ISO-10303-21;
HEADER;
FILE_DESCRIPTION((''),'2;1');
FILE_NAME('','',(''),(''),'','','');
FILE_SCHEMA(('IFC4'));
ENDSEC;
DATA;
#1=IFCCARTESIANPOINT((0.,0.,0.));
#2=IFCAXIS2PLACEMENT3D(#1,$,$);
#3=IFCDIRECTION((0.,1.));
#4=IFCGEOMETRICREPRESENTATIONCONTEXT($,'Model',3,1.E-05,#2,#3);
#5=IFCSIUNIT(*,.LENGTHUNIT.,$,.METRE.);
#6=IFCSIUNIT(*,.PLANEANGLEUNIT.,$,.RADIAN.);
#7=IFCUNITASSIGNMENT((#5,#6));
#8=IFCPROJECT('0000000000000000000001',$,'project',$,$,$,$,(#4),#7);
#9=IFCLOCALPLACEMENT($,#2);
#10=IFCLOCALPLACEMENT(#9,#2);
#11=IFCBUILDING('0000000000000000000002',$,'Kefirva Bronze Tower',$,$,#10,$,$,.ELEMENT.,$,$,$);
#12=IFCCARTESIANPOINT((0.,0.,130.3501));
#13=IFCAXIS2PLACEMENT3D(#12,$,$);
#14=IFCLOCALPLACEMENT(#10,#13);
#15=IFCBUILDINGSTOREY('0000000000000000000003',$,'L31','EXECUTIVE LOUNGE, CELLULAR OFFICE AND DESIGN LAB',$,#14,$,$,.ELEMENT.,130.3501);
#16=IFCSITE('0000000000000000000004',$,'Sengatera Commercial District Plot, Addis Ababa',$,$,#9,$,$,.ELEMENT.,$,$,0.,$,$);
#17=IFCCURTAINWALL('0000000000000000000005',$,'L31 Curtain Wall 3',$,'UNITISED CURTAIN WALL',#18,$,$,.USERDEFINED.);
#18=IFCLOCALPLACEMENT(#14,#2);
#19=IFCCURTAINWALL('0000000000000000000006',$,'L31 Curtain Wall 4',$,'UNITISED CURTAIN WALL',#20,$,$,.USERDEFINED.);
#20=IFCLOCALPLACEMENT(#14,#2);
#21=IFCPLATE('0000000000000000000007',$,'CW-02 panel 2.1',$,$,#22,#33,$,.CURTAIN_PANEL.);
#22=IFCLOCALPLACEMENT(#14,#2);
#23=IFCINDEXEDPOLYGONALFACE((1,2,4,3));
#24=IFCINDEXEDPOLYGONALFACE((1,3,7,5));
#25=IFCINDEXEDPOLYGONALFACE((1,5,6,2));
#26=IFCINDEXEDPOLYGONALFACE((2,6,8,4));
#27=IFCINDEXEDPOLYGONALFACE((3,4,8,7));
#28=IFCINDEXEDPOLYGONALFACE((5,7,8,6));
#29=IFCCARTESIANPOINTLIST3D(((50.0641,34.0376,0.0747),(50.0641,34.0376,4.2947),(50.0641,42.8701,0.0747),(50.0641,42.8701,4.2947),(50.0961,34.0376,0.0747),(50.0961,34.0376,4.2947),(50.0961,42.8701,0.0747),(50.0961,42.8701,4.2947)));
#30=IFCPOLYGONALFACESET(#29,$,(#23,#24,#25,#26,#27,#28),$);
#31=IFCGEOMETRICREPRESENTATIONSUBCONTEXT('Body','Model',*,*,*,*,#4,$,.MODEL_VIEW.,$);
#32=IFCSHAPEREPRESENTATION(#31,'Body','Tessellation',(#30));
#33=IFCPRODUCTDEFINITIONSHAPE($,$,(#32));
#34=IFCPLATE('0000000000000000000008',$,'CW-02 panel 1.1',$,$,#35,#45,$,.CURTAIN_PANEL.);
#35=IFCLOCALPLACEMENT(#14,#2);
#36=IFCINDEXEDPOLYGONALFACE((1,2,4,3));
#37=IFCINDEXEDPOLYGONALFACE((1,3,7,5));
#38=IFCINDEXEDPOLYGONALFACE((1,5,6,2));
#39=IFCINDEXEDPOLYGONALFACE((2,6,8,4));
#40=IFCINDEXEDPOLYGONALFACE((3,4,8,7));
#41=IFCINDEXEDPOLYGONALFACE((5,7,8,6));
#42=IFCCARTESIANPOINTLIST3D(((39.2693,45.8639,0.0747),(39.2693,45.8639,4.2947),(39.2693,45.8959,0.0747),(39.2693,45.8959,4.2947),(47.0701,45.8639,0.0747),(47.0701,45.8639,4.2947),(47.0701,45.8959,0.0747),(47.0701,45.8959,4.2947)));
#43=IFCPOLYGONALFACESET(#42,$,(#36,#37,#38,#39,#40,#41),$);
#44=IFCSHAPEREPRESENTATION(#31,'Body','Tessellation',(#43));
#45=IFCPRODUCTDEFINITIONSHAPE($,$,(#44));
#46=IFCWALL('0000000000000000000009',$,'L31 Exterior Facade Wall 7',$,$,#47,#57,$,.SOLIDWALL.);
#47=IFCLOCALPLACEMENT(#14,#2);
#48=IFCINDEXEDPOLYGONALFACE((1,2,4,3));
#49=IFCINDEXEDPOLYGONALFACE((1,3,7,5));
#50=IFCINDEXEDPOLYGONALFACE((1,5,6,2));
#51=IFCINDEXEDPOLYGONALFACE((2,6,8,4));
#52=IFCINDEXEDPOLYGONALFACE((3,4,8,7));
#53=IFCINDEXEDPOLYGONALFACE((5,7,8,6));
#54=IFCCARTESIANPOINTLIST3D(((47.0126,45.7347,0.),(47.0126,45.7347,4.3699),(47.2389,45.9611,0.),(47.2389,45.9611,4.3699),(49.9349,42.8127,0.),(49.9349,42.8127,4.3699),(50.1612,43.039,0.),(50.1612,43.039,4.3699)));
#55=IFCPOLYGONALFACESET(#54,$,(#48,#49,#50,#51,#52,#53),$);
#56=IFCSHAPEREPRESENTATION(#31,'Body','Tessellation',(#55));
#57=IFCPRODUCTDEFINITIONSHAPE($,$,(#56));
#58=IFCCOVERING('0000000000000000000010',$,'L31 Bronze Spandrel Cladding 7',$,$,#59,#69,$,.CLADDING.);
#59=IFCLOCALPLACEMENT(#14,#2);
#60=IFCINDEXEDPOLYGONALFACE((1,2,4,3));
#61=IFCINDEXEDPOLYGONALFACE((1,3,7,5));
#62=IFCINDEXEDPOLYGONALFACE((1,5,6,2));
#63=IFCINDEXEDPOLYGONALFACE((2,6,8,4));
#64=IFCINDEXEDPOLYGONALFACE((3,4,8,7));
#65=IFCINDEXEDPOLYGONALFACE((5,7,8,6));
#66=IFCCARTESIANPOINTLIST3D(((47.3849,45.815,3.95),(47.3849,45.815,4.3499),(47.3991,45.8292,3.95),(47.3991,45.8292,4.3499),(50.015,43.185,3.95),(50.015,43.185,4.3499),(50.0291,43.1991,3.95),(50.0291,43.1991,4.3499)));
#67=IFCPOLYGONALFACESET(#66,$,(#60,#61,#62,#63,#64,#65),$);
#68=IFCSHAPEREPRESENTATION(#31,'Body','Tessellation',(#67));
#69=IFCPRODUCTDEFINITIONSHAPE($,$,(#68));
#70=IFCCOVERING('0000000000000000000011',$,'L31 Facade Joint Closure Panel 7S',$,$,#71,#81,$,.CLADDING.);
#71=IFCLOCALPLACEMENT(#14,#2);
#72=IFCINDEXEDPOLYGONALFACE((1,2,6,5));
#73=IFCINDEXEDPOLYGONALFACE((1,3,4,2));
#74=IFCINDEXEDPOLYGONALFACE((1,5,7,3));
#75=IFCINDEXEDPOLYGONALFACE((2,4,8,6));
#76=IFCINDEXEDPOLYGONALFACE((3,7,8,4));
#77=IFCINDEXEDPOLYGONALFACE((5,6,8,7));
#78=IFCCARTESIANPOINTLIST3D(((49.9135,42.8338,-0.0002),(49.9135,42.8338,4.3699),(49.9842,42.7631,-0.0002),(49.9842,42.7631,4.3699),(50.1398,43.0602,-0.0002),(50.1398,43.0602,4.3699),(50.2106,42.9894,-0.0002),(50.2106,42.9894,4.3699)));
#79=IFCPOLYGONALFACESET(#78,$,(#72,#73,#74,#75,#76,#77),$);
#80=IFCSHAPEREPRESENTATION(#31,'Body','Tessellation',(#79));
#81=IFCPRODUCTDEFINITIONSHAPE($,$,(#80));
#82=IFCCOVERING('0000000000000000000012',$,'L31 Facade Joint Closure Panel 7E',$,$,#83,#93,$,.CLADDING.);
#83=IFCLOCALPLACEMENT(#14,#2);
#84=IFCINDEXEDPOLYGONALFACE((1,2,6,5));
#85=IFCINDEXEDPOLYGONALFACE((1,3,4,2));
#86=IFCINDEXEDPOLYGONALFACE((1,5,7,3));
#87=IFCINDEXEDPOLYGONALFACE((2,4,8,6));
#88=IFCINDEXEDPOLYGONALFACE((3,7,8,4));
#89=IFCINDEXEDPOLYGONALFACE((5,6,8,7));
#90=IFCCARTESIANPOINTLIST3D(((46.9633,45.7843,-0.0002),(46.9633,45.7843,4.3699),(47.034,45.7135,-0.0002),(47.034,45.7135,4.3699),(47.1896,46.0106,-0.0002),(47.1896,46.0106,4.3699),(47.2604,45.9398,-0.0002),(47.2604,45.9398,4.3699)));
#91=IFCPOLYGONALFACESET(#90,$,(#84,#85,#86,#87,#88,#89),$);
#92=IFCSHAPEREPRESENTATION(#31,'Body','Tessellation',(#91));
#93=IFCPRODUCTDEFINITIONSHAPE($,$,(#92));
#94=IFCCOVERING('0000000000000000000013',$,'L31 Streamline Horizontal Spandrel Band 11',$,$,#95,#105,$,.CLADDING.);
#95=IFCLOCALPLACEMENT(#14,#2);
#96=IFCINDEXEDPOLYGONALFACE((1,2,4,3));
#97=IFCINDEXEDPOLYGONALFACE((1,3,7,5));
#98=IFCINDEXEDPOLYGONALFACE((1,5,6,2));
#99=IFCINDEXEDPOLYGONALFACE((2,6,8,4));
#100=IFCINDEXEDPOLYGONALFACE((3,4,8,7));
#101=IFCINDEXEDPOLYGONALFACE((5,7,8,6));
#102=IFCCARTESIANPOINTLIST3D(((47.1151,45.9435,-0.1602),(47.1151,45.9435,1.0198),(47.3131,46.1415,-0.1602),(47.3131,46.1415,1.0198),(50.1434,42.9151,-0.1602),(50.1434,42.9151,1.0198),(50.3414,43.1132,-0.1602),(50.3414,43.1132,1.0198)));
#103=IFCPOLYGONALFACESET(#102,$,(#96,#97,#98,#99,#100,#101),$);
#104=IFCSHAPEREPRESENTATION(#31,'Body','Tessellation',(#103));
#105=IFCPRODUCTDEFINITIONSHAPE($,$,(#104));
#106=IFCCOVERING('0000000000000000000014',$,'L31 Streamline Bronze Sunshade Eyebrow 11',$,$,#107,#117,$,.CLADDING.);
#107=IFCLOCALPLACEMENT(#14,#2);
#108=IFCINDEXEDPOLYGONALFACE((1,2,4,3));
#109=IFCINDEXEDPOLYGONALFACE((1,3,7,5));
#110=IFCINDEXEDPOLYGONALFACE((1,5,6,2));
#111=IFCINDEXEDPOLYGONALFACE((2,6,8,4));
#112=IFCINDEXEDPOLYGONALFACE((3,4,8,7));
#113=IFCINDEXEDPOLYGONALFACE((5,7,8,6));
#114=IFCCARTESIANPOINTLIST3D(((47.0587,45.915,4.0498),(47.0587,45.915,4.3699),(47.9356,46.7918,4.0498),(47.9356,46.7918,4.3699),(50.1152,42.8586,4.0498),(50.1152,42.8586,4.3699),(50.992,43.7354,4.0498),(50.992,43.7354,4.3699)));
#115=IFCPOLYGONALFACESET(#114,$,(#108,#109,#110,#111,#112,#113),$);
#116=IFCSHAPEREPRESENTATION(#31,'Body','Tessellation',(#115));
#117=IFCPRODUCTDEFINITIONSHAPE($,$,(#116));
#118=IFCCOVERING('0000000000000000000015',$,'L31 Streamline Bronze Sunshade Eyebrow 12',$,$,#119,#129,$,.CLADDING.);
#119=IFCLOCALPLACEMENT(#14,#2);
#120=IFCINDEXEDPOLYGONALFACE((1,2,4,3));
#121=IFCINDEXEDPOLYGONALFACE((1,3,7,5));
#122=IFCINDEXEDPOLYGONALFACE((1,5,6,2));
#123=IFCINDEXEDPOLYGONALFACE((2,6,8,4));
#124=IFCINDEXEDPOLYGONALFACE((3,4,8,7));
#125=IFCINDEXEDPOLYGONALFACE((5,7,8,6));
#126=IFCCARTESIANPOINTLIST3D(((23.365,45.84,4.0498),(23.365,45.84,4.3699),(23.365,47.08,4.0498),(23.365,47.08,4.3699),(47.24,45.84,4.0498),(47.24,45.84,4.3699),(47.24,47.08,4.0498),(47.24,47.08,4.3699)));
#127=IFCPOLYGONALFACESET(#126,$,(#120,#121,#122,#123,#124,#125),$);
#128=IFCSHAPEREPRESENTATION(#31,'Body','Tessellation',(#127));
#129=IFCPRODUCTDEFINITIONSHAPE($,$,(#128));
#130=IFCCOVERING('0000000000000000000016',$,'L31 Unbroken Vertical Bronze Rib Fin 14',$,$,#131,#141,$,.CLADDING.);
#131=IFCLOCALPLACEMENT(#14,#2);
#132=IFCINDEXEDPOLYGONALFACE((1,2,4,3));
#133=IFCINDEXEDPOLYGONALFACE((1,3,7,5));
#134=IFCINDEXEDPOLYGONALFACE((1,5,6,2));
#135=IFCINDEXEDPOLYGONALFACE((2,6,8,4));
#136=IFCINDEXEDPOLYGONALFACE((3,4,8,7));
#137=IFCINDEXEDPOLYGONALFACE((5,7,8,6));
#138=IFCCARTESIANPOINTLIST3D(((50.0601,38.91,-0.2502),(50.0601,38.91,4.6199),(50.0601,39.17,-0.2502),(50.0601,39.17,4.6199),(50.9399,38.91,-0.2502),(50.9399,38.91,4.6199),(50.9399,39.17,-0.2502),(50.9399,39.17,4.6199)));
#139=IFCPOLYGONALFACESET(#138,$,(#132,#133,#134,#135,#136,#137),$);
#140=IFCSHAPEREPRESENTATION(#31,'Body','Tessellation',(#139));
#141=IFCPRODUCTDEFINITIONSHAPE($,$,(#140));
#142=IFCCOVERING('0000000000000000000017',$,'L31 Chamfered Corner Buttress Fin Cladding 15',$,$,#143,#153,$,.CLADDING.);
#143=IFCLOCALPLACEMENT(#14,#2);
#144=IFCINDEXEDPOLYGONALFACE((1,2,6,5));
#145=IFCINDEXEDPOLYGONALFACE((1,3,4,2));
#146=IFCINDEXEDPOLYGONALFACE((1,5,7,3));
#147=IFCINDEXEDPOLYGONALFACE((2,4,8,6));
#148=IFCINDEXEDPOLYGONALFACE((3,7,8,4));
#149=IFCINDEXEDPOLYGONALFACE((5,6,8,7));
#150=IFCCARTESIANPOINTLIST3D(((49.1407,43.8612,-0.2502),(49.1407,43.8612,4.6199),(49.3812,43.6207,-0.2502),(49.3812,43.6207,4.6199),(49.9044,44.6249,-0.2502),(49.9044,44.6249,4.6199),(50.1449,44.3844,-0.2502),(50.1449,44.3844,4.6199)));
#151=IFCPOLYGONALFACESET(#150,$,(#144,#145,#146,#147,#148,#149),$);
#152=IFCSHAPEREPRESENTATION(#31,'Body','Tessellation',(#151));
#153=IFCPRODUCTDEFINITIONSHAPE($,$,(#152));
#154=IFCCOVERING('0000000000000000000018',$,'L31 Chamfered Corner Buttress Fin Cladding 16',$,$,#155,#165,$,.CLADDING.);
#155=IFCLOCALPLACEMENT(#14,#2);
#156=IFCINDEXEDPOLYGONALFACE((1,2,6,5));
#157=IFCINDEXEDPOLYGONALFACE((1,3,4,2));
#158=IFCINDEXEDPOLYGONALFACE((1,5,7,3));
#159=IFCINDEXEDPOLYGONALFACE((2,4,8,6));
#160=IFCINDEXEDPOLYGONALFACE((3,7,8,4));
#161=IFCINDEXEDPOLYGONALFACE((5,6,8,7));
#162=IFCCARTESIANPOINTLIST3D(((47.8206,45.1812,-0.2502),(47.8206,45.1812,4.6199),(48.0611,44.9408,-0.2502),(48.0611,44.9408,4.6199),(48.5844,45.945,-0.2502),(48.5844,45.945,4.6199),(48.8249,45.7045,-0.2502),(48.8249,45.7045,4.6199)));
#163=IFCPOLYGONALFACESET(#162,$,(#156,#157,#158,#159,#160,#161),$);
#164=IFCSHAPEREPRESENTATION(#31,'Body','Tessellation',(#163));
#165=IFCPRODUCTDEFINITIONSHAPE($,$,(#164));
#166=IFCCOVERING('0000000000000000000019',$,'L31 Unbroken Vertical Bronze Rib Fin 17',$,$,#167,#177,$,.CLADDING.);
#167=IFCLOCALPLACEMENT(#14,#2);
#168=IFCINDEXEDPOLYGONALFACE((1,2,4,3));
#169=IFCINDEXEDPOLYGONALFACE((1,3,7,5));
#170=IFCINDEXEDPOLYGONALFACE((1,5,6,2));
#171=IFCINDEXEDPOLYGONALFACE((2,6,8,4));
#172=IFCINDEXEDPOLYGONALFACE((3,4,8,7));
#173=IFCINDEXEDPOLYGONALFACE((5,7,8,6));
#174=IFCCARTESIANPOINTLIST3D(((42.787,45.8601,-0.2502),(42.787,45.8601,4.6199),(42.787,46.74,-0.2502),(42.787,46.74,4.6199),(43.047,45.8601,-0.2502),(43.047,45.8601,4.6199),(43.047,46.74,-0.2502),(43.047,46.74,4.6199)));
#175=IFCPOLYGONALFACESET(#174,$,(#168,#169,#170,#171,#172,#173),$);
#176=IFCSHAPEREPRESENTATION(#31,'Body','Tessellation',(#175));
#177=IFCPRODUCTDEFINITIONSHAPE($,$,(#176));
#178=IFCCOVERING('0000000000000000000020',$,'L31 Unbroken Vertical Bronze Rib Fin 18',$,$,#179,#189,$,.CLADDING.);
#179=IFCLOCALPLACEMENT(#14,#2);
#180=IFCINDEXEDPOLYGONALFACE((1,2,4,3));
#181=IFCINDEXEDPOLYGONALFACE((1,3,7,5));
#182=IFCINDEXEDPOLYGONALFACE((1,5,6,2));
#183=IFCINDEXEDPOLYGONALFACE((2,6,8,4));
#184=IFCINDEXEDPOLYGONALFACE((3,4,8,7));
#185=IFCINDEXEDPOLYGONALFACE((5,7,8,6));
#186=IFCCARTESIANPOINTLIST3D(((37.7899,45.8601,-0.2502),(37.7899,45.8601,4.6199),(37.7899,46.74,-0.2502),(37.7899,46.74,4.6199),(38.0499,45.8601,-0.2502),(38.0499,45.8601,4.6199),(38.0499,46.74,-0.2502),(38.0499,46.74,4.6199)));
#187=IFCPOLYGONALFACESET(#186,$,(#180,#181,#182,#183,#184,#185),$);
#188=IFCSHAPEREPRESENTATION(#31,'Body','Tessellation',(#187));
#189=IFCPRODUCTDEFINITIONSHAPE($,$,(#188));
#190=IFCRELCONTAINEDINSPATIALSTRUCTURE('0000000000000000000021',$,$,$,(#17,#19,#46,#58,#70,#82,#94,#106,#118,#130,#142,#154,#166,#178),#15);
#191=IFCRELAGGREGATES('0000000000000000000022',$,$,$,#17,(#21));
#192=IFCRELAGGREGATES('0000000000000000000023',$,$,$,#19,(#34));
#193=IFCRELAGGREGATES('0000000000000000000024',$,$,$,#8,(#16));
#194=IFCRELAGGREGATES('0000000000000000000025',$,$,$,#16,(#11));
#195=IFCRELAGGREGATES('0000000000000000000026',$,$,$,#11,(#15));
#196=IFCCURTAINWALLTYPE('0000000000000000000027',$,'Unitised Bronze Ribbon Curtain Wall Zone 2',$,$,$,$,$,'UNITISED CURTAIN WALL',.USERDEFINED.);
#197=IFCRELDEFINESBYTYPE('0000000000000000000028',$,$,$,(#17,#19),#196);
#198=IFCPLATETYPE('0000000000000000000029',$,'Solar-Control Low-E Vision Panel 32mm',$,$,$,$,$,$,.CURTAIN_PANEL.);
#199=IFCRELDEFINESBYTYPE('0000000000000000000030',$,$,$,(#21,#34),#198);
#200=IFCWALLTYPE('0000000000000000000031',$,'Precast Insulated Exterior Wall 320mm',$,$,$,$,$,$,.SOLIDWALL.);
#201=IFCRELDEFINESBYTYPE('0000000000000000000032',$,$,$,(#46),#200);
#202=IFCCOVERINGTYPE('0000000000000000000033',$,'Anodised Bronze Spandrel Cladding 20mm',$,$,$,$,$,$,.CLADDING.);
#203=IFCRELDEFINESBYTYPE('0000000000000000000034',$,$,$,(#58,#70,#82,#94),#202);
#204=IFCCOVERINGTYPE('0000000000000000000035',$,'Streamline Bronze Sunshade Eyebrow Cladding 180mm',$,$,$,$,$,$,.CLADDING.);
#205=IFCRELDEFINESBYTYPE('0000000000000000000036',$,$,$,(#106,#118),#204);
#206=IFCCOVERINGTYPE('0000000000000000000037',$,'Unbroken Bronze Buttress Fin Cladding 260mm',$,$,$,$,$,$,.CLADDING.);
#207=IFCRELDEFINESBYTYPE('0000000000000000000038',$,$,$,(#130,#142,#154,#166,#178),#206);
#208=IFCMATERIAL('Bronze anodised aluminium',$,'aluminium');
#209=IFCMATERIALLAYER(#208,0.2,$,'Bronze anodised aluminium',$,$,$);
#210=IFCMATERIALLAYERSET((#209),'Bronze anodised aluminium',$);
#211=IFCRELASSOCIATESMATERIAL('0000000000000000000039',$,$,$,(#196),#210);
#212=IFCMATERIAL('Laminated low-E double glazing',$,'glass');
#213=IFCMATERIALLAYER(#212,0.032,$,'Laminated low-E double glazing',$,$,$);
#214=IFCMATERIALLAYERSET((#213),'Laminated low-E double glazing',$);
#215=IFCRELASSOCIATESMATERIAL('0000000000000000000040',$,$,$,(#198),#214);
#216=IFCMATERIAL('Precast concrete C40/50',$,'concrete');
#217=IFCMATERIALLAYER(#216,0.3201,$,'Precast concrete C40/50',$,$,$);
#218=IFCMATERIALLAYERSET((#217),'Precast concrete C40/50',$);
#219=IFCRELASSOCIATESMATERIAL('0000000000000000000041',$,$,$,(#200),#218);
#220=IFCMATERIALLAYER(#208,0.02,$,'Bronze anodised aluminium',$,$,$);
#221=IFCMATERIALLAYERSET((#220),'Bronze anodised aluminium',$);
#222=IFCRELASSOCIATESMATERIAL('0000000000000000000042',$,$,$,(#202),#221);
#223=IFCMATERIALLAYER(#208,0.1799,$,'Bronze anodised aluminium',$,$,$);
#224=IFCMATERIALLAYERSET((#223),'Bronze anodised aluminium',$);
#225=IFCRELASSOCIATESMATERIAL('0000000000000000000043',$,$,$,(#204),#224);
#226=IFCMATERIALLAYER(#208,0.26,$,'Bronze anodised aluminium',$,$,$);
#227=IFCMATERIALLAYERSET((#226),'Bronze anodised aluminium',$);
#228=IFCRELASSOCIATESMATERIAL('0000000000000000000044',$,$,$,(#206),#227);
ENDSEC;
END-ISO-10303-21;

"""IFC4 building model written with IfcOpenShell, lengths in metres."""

from ifc_helpers import new_model, si_unit, direction, frame, frame_2d, origin, origin_2d, place, context, subcontext, project, spatial, rectangle, extrude, material, layer, layer_set, type_object, element, aggregate, save


model = new_model("IFC4")

# Units and contexts
model_context = context("Model", 3, precision=1e-05, world=origin(), true_north=direction((0.0, 1.0)))
body_context = subcontext(model_context, "Body", "Model", "MODEL_VIEW")
ifc_project = project(units=[si_unit("LENGTHUNIT", "METRE"), si_unit("PLANEANGLEUNIT", "RADIAN")], contexts=[model_context])

# Site, building, storey
site_placement = place(None, origin())
site = spatial("IfcSite", under=ifc_project, at=site_placement, Name="Sengatera Commercial District Plot, Addis Ababa", CompositionType="ELEMENT", RefElevation=0.0)
building_placement = place(site_placement, origin())
building = spatial("IfcBuilding", under=site, at=building_placement, Name="Kefirva Bronze Tower", CompositionType="ELEMENT")
storey_placement = place(building_placement, frame((0.0, 0.0, 130.3501)))
storey = spatial("IfcBuildingStorey", under=building, at=storey_placement, Name="L31", Description="EXECUTIVE LOUNGE, CELLULAR OFFICE AND DESIGN LAB", CompositionType="ELEMENT", Elevation=130.3501)

# Curtain wall
ifc_material_1 = material(Name="Bronze anodised aluminium", Category="aluminium")
ifc_layer_1 = layer(ifc_material_1, 0.2, Name="Bronze anodised aluminium")
ifc_layer_set_1 = layer_set([ifc_layer_1], Name="Bronze anodised aluminium")
curtain_wall_type = type_object("IfcCurtainWallType", Name="Unitised Bronze Ribbon Curtain Wall Zone 2", ElementType="UNITISED CURTAIN WALL", PredefinedType="USERDEFINED", material=ifc_layer_set_1)
curtain_wall_1_placement = place(storey_placement, origin())
curtain_wall_1 = element("IfcCurtainWall", 1, at=curtain_wall_1_placement, inside=storey, type_object=curtain_wall_type, Name="L31 Curtain Wall 3", ObjectType="UNITISED CURTAIN WALL", PredefinedType="USERDEFINED")

# Curtain wall
curtain_wall_2_placement = place(storey_placement, origin())
curtain_wall_2 = element("IfcCurtainWall", 2, at=curtain_wall_2_placement, inside=storey, type_object=curtain_wall_type, Name="L31 Curtain Wall 4", ObjectType="UNITISED CURTAIN WALL", PredefinedType="USERDEFINED")

# Plates
ifc_material_2 = material(Name="Laminated low-E double glazing", Category="glass")
ifc_layer_2 = layer(ifc_material_2, 0.032, Name="Laminated low-E double glazing")
ifc_layer_set_2 = layer_set([ifc_layer_2], Name="Laminated low-E double glazing")
plate_type = type_object("IfcPlateType", Name="Solar-Control Low-E Vision Panel 32mm", PredefinedType="CURTAIN_PANEL", material=ifc_layer_set_2)
plate_1_placement = place(storey_placement, frame((50.0801, 38.4539, 0.0747), z_axis=(0.0, 0.0, 1.0), x_axis=(0.0, 1.0, 0.0)))
plate_1 = element("IfcPlate", 3, at=plate_1_placement, type_object=plate_type, Name="CW-02 panel 2.1", PredefinedType="CURTAIN_PANEL", context=body_context, shape_type="SweptSolid", body=[
    extrude(rectangle(XDim=8.8325, YDim=0.032, at=origin_2d()), origin(), (0.0, 0.0, 1.0), 4.22),
])
aggregate(curtain_wall_1, [plate_1])
plate_2_placement = place(storey_placement, frame((43.1697, 45.8799, 0.0747), z_axis=(0.0, 0.0, 1.0), x_axis=(-1.0, 0.0, 0.0)))
plate_2 = element("IfcPlate", 4, at=plate_2_placement, type_object=plate_type, Name="CW-02 panel 1.1", PredefinedType="CURTAIN_PANEL", context=body_context, shape_type="SweptSolid", body=[
    extrude(rectangle(XDim=7.8008, YDim=0.032, at=origin_2d()), origin(), (0.0, 0.0, 1.0), 4.22),
])
aggregate(curtain_wall_2, [plate_2])

# Wall
ifc_material_3 = material(Name="Precast concrete C40/50", Category="concrete")
ifc_layer_3 = layer(ifc_material_3, 0.3201, Name="Precast concrete C40/50")
ifc_layer_set_3 = layer_set([ifc_layer_3], Name="Precast concrete C40/50")
wall_type = type_object("IfcWallType", Name="Precast Insulated Exterior Wall 320mm", PredefinedType="SOLIDWALL", material=ifc_layer_set_3)
wall_placement = place(storey_placement, frame((50.0481, 42.9258, 0.0), z_axis=(0.0, 0.0, 1.0), x_axis=(-0.707136, 0.707077, 0.0)))
element("IfcWall", 5, at=wall_placement, inside=storey, type_object=wall_type, Name="L31 Exterior Facade Wall 7", PredefinedType="SOLIDWALL", context=body_context, shape_type="SweptSolid", body=[
    extrude(rectangle(XDim=4.1326, YDim=0.3201, at=frame_2d((2.0664, 0.0))), origin(), (0.0, 0.0, 1.0), 4.3699),
])

# Coverings
ifc_layer_4 = layer(ifc_material_1, 0.02, Name="Bronze anodised aluminium")
ifc_layer_set_4 = layer_set([ifc_layer_4], Name="Bronze anodised aluminium")
covering_type_1 = type_object("IfcCoveringType", Name="Anodised Bronze Spandrel Cladding 20mm", PredefinedType="CLADDING", material=ifc_layer_set_4)
covering_1_placement = place(storey_placement, frame((48.707, 44.5071, 3.95), z_axis=(0.0, 0.0, 1.0), x_axis=(-0.707107, 0.707107, 0.0)))
element("IfcCovering", 6, at=covering_1_placement, inside=storey, type_object=covering_type_1, Name="L31 Bronze Spandrel Cladding 7", PredefinedType="CLADDING", context=body_context, shape_type="SweptSolid", body=[
    extrude(rectangle(XDim=3.7195, YDim=0.02, at=origin_2d()), origin(), (0.0, 0.0, 1.0), 0.3999),
])
for number, where, z_axis, x_axis, name in (
    (7, (50.062, 42.9116, -0.0002), (0.0, 0.0, 1.0), (-0.707107, 0.707107, 0.0), "L31 Facade Joint Closure Panel 7S"),
    (8, (47.1118, 45.8621, -0.0002), (0.0, 0.0, 1.0), (-0.707107, 0.707107, 0.0), "L31 Facade Joint Closure Panel 7E"),
):
    element("IfcCovering", number, at=place(storey_placement, frame(where, z_axis=z_axis, x_axis=x_axis)), inside=storey, type_object=covering_type_1, Name=name, PredefinedType="CLADDING", context=body_context, shape_type="SweptSolid", body=[
        extrude(rectangle(XDim=0.1001, YDim=0.3201, at=origin_2d()), origin(), (0.0, 0.0, 1.0), 4.3701),
    ])
covering_2_placement = place(storey_placement, frame((48.7283, 44.5283, -0.1602), z_axis=(0.0, 0.0, 1.0), x_axis=(-0.707107, 0.707107, 0.0)))
element("IfcCovering", 9, at=covering_2_placement, inside=storey, type_object=covering_type_1, Name="L31 Streamline Horizontal Spandrel Band 11", PredefinedType="CLADDING", context=body_context, shape_type="SweptSolid", body=[
    extrude(rectangle(XDim=4.2827, YDim=0.28, at=origin_2d()), origin(), (0.0, 0.0, 1.0), 1.1799),
])
ifc_layer_5 = layer(ifc_material_1, 0.1799, Name="Bronze anodised aluminium")
ifc_layer_set_5 = layer_set([ifc_layer_5], Name="Bronze anodised aluminium")
covering_type_2 = type_object("IfcCoveringType", Name="Streamline Bronze Sunshade Eyebrow Cladding 180mm", PredefinedType="CLADDING", material=ifc_layer_set_5)
covering_3_placement = place(storey_placement, frame((49.0254, 44.8252, 4.0498), z_axis=(0.0, 0.0, 1.0), x_axis=(-0.707107, 0.707107, 0.0)))
element("IfcCovering", 10, at=covering_3_placement, inside=storey, type_object=covering_type_2, Name="L31 Streamline Bronze Sunshade Eyebrow 11", PredefinedType="CLADDING", context=body_context, shape_type="SweptSolid", body=[
    extrude(rectangle(XDim=4.3225, YDim=1.24, at=origin_2d()), origin(), (0.0, 0.0, 1.0), 0.3201),
])
covering_4_placement = place(storey_placement, frame((35.3025, 46.46, 4.0498), z_axis=(0.0, 0.0, 1.0), x_axis=(-1.0, 0.0, 0.0)))
element("IfcCovering", 11, at=covering_4_placement, inside=storey, type_object=covering_type_2, Name="L31 Streamline Bronze Sunshade Eyebrow 12", PredefinedType="CLADDING", context=body_context, shape_type="SweptSolid", body=[
    extrude(rectangle(XDim=23.875, YDim=1.24, at=origin_2d()), origin(), (0.0, 0.0, 1.0), 0.3201),
])
ifc_layer_6 = layer(ifc_material_1, 0.26, Name="Bronze anodised aluminium")
ifc_layer_set_6 = layer_set([ifc_layer_6], Name="Bronze anodised aluminium")
covering_type_3 = type_object("IfcCoveringType", Name="Unbroken Bronze Buttress Fin Cladding 260mm", PredefinedType="CLADDING", material=ifc_layer_set_6)
covering_5_placement = place(storey_placement, frame((50.5, 39.04, -0.2502), z_axis=(0.0, 0.0, 1.0), x_axis=(0.0, 1.0, 0.0)))
element("IfcCovering", 12, at=covering_5_placement, inside=storey, type_object=covering_type_3, Name="L31 Unbroken Vertical Bronze Rib Fin 14", PredefinedType="CLADDING", context=body_context, shape_type="SweptSolid", body=[
    extrude(rectangle(XDim=0.26, YDim=0.8799, at=origin_2d()), origin(), (0.0, 0.0, 1.0), 4.8701),
])
for number, where, z_axis, x_axis, name in (
    (13, (49.6428, 44.1228, -0.2502), (0.0, 0.0, 1.0), (-0.707107, 0.707107, 0.0), "L31 Chamfered Corner Buttress Fin Cladding 15"),
    (14, (48.3228, 45.4429, -0.2502), (0.0, 0.0, 1.0), (-0.707107, 0.707107, 0.0), "L31 Chamfered Corner Buttress Fin Cladding 16"),
):
    element("IfcCovering", number, at=place(storey_placement, frame(where, z_axis=z_axis, x_axis=x_axis)), inside=storey, type_object=covering_type_3, Name=name, PredefinedType="CLADDING", context=body_context, shape_type="SweptSolid", body=[
        extrude(rectangle(XDim=0.3401, YDim=1.0801, at=origin_2d()), origin(), (0.0, 0.0, 1.0), 4.8701),
    ])
for number, where, z_axis, x_axis, name in (
    (15, (42.917, 46.3, -0.2502), (0.0, 0.0, 1.0), (-1.0, 0.0, 0.0), "L31 Unbroken Vertical Bronze Rib Fin 17"),
    (16, (37.9199, 46.3, -0.2502), (0.0, 0.0, 1.0), (-1.0, 0.0, 0.0), "L31 Unbroken Vertical Bronze Rib Fin 18"),
):
    element("IfcCovering", number, at=place(storey_placement, frame(where, z_axis=z_axis, x_axis=x_axis)), inside=storey, type_object=covering_type_3, Name=name, PredefinedType="CLADDING", context=body_context, shape_type="SweptSolid", body=[
        extrude(rectangle(XDim=0.26, YDim=0.8799, at=origin_2d()), origin(), (0.0, 0.0, 1.0), 4.8701),
    ])

save(model, "model.ifc")
